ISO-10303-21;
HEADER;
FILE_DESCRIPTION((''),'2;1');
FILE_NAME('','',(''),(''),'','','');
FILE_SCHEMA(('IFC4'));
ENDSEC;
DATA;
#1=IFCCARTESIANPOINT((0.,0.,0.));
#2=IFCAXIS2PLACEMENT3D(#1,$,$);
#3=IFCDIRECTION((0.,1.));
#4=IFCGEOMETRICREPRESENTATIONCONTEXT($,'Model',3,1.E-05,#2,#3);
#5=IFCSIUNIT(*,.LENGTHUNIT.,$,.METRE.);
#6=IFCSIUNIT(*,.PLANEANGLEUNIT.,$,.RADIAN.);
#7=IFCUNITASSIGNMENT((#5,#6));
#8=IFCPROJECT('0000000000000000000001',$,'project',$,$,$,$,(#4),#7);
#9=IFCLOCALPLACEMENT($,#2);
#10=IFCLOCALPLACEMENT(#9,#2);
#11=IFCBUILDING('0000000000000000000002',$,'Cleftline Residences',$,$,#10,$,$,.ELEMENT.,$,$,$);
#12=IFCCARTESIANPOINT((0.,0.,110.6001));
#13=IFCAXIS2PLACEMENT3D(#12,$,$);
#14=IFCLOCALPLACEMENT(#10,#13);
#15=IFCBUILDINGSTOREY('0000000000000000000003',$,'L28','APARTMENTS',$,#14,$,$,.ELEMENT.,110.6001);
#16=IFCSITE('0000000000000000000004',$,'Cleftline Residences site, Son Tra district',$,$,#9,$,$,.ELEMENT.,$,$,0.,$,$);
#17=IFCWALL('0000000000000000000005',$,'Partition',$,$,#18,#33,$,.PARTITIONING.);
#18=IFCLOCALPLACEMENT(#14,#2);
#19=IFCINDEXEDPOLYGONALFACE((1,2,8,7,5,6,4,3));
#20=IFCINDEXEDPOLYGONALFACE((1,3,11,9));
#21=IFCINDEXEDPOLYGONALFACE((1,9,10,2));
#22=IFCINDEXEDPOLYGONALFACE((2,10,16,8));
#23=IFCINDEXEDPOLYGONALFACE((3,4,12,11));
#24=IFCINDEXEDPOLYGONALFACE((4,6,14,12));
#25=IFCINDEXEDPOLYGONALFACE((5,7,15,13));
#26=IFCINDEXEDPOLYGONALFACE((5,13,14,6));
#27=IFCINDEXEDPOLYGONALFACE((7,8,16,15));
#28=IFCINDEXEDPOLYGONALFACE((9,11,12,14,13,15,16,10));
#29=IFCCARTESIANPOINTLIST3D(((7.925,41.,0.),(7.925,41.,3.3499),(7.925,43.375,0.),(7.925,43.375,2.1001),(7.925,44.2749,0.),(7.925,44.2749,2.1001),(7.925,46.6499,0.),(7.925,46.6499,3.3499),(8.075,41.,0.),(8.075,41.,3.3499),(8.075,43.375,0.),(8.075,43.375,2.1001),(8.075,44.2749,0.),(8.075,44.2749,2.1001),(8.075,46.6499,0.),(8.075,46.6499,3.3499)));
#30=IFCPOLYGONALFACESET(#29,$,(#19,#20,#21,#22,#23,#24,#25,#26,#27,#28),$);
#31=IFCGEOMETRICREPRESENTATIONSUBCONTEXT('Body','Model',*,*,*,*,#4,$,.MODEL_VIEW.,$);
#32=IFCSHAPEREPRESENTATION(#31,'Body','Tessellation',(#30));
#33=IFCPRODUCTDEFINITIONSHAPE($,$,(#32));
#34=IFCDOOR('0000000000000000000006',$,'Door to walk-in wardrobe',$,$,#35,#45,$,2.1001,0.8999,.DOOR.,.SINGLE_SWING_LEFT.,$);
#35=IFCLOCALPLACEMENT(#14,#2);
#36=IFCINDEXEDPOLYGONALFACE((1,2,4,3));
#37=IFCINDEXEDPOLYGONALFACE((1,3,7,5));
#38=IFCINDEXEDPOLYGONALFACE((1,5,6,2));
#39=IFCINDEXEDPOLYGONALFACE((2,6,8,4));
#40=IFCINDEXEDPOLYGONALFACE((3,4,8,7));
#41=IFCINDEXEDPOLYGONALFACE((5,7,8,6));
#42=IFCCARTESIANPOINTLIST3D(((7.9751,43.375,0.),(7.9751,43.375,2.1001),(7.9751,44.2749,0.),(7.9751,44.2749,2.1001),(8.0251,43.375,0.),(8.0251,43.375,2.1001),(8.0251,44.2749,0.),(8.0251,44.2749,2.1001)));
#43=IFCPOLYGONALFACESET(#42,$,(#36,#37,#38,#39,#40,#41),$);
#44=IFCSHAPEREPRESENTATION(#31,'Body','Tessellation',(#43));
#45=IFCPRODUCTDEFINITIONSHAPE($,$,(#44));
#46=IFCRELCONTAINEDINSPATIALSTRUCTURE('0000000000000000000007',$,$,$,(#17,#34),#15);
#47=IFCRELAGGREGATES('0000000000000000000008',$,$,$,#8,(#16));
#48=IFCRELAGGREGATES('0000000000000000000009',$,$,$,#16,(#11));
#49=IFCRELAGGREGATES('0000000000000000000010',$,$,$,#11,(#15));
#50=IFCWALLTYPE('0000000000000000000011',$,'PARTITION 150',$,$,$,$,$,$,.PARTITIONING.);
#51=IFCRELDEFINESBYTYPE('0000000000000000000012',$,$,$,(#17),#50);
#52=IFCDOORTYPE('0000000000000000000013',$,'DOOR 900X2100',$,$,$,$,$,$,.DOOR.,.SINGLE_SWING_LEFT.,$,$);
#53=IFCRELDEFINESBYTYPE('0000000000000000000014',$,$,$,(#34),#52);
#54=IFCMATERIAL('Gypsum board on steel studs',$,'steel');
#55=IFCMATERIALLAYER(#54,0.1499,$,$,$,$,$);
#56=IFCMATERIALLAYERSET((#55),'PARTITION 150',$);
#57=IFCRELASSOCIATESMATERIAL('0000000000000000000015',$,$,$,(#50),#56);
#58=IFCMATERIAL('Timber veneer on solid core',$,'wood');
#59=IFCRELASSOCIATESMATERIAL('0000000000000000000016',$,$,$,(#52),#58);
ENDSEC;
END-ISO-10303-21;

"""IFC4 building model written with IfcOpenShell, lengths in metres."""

from ifc_helpers import new_model, si_unit, direction, frame, frame_2d, origin, place, context, subcontext, project, spatial, rectangle, extrude, material, layer, layer_set, type_object, element, fill, save


model = new_model("IFC4")

# Units and contexts
model_context = context("Model", 3, precision=1e-05, world=origin(), true_north=direction((0.0, 1.0)))
body_context = subcontext(model_context, "Body", "Model", "MODEL_VIEW")
ifc_project = project(units=[si_unit("LENGTHUNIT", "METRE"), si_unit("PLANEANGLEUNIT", "RADIAN")], contexts=[model_context])

# Site, building, storey
site_placement = place(None, origin())
site = spatial("IfcSite", under=ifc_project, at=site_placement, Name="Cleftline Residences site, Son Tra district", CompositionType="ELEMENT", RefElevation=0.0)
building_placement = place(site_placement, origin())
building = spatial("IfcBuilding", under=site, at=building_placement, Name="Cleftline Residences", CompositionType="ELEMENT")
storey_placement = place(building_placement, frame((0.0, 0.0, 110.6001)))
storey = spatial("IfcBuildingStorey", under=building, at=storey_placement, Name="L28", Description="APARTMENTS", CompositionType="ELEMENT", Elevation=110.6001)

# Wall, opening, door
ifc_material_1 = material(Name="Gypsum board on steel studs", Category="steel")
ifc_layer_1 = layer(ifc_material_1, 0.1499)
ifc_layer_set_1 = layer_set([ifc_layer_1], Name="PARTITION 150")
wall_type_1 = type_object("IfcWallType", Name="PARTITION 150", PredefinedType="PARTITIONING", material=ifc_layer_set_1)
wall_1_placement = place(storey_placement, frame((8.0, 41.0, 0.0), z_axis=(0.0, 0.0, 1.0), x_axis=(0.0, 1.0, 0.0)))
wall_1 = element("IfcWall", 1, at=wall_1_placement, inside=storey, type_object=wall_type_1, Name="Partition", PredefinedType="PARTITIONING", context=body_context, shape_type="SweptSolid", body=[
    extrude(rectangle(XDim=5.6499, YDim=0.1499, at=frame_2d((2.825, 0.0))), origin(), (0.0, 0.0, 1.0), 3.3499),
])
opening_1_placement = place(wall_1_placement, frame((2.375, 0.0, 0.0)))
opening_1 = element("IfcOpeningElement", 2, at=opening_1_placement, cuts=wall_1, PredefinedType="OPENING", context=body_context, shape_type="SweptSolid", body=[
    extrude(rectangle(XDim=0.8999, YDim=2.1001, at=frame_2d((0.45, 1.05))), frame((0.0, 0.085, 0.0), z_axis=(0.0, -1.0, 0.0), x_axis=(1.0, 0.0, 0.0)), (0.0, 0.0, 1.0), 0.1699),
])
ifc_material_2 = material(Name="Timber veneer on solid core", Category="wood")
door_type = type_object("IfcDoorType", Name="DOOR 900X2100", OperationType="SINGLE_SWING_LEFT", PredefinedType="DOOR", material=ifc_material_2)
door_placement = place(opening_1_placement, origin())
door = element("IfcDoor", 3, at=door_placement, inside=storey, type_object=door_type, Name="Door to walk-in wardrobe", OperationType="SINGLE_SWING_LEFT", OverallHeight=2.1001, OverallWidth=0.8999, PredefinedType="DOOR", context=body_context, shape_type="SweptSolid", body=[
    extrude(rectangle(XDim=0.8999, YDim=2.1001, at=frame_2d((0.45, 1.05))), frame((0.0, 0.0249, 0.0), z_axis=(0.0, -1.0, 0.0), x_axis=(1.0, 0.0, 0.0)), (0.0, 0.0, 1.0), 0.05),
])
fill(opening_1, door)

save(model, "model.ifc")
